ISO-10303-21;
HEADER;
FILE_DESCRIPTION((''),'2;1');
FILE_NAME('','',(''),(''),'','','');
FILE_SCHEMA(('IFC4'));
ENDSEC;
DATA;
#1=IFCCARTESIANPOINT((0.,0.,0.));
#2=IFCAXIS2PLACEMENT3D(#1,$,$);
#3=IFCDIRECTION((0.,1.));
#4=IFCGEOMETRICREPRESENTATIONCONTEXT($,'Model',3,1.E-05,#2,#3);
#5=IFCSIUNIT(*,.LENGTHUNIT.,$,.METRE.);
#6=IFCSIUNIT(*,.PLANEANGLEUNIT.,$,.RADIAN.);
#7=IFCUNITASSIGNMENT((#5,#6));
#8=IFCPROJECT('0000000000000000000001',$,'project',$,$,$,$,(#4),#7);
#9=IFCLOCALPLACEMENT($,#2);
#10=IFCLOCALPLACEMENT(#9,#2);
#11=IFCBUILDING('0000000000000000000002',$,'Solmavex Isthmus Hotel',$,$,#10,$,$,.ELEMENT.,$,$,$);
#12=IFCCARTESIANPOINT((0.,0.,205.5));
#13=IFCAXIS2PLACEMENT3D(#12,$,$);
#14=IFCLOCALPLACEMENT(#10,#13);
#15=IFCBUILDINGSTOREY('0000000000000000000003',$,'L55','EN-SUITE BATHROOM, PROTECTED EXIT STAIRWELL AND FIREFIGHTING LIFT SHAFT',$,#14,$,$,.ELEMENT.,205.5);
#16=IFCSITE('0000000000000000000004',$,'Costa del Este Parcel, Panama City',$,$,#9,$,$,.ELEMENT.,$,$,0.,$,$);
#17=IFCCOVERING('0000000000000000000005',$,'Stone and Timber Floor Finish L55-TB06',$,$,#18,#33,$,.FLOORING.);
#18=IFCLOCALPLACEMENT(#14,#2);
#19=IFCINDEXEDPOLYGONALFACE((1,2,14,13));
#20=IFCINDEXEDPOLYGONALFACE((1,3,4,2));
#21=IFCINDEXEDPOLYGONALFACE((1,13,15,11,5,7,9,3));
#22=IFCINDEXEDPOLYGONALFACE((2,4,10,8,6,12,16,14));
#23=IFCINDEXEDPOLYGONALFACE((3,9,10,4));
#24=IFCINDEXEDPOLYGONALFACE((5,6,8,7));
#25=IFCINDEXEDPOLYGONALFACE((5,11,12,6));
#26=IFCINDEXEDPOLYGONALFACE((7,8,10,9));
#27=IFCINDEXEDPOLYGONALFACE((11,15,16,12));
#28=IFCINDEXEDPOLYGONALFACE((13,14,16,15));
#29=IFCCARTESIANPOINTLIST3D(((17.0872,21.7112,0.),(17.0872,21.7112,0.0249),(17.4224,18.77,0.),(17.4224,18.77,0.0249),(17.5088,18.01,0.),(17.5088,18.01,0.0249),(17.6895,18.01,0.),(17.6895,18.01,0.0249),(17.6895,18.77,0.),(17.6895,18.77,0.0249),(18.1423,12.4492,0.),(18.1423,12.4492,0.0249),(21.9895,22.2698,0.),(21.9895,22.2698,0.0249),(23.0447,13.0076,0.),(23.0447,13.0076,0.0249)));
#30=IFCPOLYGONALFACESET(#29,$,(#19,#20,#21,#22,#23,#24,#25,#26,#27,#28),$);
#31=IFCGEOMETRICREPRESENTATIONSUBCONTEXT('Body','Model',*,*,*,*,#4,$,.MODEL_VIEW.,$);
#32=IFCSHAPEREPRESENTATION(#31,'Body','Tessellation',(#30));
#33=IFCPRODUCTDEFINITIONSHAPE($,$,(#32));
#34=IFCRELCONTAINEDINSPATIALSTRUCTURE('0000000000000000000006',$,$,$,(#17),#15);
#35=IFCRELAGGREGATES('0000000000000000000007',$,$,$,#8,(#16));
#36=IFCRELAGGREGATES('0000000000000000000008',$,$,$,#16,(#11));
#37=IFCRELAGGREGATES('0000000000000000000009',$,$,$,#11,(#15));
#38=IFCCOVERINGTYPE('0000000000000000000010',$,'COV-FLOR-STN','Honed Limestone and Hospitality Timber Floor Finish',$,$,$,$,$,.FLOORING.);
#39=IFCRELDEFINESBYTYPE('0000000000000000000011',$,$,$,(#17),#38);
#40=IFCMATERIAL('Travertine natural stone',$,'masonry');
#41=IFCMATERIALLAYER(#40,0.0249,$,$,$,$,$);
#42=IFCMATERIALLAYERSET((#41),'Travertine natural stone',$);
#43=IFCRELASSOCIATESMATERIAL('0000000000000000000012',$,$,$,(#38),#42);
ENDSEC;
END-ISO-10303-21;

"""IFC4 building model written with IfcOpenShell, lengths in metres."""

from ifc_helpers import new_model, si_unit, direction, frame, origin, place, context, subcontext, project, spatial, polyline, outline, extrude, material, layer, layer_set, type_object, element, save


model = new_model("IFC4")

# Units and contexts
model_context = context("Model", 3, precision=1e-05, world=origin(), true_north=direction((0.0, 1.0)))
body_context = subcontext(model_context, "Body", "Model", "MODEL_VIEW")
ifc_project = project(units=[si_unit("LENGTHUNIT", "METRE"), si_unit("PLANEANGLEUNIT", "RADIAN")], contexts=[model_context])

# Site, building, storey
site_placement = place(None, origin())
site = spatial("IfcSite", under=ifc_project, at=site_placement, Name="Costa del Este Parcel, Panama City", CompositionType="ELEMENT", RefElevation=0.0)
building_placement = place(site_placement, origin())
building = spatial("IfcBuilding", under=site, at=building_placement, Name="Solmavex Isthmus Hotel", CompositionType="ELEMENT")
storey_placement = place(building_placement, frame((0.0, 0.0, 205.5)))
storey = spatial("IfcBuildingStorey", under=building, at=storey_placement, Name="L55", Description="EN-SUITE BATHROOM, PROTECTED EXIT STAIRWELL AND FIREFIGHTING LIFT SHAFT", CompositionType="ELEMENT", Elevation=205.5)

# Covering
ifc_material_1 = material(Name="Travertine natural stone", Category="masonry")
ifc_layer_1 = layer(ifc_material_1, 0.0249)
ifc_layer_set_1 = layer_set([ifc_layer_1], Name="Travertine natural stone")
covering_type_1 = type_object("IfcCoveringType", Name="COV-FLOR-STN", Description="Honed Limestone and Hospitality Timber Floor Finish", PredefinedType="FLOORING", material=ifc_layer_set_1)
covering_1_placement = place(storey_placement, origin())
element("IfcCovering", 1, at=covering_1_placement, inside=storey, type_object=covering_type_1, Name="Stone and Timber Floor Finish L55-TB06", PredefinedType="FLOORING", context=body_context, shape_type="SweptSolid", body=[
    extrude(outline(polyline([(17.4224, 18.77), (17.6895, 18.77), (17.6895, 18.01), (17.5088, 18.01), (18.1423, 12.4492), (23.0447, 13.0076), (21.9895, 22.2698), (17.0872, 21.7112), (17.4224, 18.77)])), origin(), (0.0, 0.0, 1.0), 0.0249),
])

save(model, "model.ifc")
